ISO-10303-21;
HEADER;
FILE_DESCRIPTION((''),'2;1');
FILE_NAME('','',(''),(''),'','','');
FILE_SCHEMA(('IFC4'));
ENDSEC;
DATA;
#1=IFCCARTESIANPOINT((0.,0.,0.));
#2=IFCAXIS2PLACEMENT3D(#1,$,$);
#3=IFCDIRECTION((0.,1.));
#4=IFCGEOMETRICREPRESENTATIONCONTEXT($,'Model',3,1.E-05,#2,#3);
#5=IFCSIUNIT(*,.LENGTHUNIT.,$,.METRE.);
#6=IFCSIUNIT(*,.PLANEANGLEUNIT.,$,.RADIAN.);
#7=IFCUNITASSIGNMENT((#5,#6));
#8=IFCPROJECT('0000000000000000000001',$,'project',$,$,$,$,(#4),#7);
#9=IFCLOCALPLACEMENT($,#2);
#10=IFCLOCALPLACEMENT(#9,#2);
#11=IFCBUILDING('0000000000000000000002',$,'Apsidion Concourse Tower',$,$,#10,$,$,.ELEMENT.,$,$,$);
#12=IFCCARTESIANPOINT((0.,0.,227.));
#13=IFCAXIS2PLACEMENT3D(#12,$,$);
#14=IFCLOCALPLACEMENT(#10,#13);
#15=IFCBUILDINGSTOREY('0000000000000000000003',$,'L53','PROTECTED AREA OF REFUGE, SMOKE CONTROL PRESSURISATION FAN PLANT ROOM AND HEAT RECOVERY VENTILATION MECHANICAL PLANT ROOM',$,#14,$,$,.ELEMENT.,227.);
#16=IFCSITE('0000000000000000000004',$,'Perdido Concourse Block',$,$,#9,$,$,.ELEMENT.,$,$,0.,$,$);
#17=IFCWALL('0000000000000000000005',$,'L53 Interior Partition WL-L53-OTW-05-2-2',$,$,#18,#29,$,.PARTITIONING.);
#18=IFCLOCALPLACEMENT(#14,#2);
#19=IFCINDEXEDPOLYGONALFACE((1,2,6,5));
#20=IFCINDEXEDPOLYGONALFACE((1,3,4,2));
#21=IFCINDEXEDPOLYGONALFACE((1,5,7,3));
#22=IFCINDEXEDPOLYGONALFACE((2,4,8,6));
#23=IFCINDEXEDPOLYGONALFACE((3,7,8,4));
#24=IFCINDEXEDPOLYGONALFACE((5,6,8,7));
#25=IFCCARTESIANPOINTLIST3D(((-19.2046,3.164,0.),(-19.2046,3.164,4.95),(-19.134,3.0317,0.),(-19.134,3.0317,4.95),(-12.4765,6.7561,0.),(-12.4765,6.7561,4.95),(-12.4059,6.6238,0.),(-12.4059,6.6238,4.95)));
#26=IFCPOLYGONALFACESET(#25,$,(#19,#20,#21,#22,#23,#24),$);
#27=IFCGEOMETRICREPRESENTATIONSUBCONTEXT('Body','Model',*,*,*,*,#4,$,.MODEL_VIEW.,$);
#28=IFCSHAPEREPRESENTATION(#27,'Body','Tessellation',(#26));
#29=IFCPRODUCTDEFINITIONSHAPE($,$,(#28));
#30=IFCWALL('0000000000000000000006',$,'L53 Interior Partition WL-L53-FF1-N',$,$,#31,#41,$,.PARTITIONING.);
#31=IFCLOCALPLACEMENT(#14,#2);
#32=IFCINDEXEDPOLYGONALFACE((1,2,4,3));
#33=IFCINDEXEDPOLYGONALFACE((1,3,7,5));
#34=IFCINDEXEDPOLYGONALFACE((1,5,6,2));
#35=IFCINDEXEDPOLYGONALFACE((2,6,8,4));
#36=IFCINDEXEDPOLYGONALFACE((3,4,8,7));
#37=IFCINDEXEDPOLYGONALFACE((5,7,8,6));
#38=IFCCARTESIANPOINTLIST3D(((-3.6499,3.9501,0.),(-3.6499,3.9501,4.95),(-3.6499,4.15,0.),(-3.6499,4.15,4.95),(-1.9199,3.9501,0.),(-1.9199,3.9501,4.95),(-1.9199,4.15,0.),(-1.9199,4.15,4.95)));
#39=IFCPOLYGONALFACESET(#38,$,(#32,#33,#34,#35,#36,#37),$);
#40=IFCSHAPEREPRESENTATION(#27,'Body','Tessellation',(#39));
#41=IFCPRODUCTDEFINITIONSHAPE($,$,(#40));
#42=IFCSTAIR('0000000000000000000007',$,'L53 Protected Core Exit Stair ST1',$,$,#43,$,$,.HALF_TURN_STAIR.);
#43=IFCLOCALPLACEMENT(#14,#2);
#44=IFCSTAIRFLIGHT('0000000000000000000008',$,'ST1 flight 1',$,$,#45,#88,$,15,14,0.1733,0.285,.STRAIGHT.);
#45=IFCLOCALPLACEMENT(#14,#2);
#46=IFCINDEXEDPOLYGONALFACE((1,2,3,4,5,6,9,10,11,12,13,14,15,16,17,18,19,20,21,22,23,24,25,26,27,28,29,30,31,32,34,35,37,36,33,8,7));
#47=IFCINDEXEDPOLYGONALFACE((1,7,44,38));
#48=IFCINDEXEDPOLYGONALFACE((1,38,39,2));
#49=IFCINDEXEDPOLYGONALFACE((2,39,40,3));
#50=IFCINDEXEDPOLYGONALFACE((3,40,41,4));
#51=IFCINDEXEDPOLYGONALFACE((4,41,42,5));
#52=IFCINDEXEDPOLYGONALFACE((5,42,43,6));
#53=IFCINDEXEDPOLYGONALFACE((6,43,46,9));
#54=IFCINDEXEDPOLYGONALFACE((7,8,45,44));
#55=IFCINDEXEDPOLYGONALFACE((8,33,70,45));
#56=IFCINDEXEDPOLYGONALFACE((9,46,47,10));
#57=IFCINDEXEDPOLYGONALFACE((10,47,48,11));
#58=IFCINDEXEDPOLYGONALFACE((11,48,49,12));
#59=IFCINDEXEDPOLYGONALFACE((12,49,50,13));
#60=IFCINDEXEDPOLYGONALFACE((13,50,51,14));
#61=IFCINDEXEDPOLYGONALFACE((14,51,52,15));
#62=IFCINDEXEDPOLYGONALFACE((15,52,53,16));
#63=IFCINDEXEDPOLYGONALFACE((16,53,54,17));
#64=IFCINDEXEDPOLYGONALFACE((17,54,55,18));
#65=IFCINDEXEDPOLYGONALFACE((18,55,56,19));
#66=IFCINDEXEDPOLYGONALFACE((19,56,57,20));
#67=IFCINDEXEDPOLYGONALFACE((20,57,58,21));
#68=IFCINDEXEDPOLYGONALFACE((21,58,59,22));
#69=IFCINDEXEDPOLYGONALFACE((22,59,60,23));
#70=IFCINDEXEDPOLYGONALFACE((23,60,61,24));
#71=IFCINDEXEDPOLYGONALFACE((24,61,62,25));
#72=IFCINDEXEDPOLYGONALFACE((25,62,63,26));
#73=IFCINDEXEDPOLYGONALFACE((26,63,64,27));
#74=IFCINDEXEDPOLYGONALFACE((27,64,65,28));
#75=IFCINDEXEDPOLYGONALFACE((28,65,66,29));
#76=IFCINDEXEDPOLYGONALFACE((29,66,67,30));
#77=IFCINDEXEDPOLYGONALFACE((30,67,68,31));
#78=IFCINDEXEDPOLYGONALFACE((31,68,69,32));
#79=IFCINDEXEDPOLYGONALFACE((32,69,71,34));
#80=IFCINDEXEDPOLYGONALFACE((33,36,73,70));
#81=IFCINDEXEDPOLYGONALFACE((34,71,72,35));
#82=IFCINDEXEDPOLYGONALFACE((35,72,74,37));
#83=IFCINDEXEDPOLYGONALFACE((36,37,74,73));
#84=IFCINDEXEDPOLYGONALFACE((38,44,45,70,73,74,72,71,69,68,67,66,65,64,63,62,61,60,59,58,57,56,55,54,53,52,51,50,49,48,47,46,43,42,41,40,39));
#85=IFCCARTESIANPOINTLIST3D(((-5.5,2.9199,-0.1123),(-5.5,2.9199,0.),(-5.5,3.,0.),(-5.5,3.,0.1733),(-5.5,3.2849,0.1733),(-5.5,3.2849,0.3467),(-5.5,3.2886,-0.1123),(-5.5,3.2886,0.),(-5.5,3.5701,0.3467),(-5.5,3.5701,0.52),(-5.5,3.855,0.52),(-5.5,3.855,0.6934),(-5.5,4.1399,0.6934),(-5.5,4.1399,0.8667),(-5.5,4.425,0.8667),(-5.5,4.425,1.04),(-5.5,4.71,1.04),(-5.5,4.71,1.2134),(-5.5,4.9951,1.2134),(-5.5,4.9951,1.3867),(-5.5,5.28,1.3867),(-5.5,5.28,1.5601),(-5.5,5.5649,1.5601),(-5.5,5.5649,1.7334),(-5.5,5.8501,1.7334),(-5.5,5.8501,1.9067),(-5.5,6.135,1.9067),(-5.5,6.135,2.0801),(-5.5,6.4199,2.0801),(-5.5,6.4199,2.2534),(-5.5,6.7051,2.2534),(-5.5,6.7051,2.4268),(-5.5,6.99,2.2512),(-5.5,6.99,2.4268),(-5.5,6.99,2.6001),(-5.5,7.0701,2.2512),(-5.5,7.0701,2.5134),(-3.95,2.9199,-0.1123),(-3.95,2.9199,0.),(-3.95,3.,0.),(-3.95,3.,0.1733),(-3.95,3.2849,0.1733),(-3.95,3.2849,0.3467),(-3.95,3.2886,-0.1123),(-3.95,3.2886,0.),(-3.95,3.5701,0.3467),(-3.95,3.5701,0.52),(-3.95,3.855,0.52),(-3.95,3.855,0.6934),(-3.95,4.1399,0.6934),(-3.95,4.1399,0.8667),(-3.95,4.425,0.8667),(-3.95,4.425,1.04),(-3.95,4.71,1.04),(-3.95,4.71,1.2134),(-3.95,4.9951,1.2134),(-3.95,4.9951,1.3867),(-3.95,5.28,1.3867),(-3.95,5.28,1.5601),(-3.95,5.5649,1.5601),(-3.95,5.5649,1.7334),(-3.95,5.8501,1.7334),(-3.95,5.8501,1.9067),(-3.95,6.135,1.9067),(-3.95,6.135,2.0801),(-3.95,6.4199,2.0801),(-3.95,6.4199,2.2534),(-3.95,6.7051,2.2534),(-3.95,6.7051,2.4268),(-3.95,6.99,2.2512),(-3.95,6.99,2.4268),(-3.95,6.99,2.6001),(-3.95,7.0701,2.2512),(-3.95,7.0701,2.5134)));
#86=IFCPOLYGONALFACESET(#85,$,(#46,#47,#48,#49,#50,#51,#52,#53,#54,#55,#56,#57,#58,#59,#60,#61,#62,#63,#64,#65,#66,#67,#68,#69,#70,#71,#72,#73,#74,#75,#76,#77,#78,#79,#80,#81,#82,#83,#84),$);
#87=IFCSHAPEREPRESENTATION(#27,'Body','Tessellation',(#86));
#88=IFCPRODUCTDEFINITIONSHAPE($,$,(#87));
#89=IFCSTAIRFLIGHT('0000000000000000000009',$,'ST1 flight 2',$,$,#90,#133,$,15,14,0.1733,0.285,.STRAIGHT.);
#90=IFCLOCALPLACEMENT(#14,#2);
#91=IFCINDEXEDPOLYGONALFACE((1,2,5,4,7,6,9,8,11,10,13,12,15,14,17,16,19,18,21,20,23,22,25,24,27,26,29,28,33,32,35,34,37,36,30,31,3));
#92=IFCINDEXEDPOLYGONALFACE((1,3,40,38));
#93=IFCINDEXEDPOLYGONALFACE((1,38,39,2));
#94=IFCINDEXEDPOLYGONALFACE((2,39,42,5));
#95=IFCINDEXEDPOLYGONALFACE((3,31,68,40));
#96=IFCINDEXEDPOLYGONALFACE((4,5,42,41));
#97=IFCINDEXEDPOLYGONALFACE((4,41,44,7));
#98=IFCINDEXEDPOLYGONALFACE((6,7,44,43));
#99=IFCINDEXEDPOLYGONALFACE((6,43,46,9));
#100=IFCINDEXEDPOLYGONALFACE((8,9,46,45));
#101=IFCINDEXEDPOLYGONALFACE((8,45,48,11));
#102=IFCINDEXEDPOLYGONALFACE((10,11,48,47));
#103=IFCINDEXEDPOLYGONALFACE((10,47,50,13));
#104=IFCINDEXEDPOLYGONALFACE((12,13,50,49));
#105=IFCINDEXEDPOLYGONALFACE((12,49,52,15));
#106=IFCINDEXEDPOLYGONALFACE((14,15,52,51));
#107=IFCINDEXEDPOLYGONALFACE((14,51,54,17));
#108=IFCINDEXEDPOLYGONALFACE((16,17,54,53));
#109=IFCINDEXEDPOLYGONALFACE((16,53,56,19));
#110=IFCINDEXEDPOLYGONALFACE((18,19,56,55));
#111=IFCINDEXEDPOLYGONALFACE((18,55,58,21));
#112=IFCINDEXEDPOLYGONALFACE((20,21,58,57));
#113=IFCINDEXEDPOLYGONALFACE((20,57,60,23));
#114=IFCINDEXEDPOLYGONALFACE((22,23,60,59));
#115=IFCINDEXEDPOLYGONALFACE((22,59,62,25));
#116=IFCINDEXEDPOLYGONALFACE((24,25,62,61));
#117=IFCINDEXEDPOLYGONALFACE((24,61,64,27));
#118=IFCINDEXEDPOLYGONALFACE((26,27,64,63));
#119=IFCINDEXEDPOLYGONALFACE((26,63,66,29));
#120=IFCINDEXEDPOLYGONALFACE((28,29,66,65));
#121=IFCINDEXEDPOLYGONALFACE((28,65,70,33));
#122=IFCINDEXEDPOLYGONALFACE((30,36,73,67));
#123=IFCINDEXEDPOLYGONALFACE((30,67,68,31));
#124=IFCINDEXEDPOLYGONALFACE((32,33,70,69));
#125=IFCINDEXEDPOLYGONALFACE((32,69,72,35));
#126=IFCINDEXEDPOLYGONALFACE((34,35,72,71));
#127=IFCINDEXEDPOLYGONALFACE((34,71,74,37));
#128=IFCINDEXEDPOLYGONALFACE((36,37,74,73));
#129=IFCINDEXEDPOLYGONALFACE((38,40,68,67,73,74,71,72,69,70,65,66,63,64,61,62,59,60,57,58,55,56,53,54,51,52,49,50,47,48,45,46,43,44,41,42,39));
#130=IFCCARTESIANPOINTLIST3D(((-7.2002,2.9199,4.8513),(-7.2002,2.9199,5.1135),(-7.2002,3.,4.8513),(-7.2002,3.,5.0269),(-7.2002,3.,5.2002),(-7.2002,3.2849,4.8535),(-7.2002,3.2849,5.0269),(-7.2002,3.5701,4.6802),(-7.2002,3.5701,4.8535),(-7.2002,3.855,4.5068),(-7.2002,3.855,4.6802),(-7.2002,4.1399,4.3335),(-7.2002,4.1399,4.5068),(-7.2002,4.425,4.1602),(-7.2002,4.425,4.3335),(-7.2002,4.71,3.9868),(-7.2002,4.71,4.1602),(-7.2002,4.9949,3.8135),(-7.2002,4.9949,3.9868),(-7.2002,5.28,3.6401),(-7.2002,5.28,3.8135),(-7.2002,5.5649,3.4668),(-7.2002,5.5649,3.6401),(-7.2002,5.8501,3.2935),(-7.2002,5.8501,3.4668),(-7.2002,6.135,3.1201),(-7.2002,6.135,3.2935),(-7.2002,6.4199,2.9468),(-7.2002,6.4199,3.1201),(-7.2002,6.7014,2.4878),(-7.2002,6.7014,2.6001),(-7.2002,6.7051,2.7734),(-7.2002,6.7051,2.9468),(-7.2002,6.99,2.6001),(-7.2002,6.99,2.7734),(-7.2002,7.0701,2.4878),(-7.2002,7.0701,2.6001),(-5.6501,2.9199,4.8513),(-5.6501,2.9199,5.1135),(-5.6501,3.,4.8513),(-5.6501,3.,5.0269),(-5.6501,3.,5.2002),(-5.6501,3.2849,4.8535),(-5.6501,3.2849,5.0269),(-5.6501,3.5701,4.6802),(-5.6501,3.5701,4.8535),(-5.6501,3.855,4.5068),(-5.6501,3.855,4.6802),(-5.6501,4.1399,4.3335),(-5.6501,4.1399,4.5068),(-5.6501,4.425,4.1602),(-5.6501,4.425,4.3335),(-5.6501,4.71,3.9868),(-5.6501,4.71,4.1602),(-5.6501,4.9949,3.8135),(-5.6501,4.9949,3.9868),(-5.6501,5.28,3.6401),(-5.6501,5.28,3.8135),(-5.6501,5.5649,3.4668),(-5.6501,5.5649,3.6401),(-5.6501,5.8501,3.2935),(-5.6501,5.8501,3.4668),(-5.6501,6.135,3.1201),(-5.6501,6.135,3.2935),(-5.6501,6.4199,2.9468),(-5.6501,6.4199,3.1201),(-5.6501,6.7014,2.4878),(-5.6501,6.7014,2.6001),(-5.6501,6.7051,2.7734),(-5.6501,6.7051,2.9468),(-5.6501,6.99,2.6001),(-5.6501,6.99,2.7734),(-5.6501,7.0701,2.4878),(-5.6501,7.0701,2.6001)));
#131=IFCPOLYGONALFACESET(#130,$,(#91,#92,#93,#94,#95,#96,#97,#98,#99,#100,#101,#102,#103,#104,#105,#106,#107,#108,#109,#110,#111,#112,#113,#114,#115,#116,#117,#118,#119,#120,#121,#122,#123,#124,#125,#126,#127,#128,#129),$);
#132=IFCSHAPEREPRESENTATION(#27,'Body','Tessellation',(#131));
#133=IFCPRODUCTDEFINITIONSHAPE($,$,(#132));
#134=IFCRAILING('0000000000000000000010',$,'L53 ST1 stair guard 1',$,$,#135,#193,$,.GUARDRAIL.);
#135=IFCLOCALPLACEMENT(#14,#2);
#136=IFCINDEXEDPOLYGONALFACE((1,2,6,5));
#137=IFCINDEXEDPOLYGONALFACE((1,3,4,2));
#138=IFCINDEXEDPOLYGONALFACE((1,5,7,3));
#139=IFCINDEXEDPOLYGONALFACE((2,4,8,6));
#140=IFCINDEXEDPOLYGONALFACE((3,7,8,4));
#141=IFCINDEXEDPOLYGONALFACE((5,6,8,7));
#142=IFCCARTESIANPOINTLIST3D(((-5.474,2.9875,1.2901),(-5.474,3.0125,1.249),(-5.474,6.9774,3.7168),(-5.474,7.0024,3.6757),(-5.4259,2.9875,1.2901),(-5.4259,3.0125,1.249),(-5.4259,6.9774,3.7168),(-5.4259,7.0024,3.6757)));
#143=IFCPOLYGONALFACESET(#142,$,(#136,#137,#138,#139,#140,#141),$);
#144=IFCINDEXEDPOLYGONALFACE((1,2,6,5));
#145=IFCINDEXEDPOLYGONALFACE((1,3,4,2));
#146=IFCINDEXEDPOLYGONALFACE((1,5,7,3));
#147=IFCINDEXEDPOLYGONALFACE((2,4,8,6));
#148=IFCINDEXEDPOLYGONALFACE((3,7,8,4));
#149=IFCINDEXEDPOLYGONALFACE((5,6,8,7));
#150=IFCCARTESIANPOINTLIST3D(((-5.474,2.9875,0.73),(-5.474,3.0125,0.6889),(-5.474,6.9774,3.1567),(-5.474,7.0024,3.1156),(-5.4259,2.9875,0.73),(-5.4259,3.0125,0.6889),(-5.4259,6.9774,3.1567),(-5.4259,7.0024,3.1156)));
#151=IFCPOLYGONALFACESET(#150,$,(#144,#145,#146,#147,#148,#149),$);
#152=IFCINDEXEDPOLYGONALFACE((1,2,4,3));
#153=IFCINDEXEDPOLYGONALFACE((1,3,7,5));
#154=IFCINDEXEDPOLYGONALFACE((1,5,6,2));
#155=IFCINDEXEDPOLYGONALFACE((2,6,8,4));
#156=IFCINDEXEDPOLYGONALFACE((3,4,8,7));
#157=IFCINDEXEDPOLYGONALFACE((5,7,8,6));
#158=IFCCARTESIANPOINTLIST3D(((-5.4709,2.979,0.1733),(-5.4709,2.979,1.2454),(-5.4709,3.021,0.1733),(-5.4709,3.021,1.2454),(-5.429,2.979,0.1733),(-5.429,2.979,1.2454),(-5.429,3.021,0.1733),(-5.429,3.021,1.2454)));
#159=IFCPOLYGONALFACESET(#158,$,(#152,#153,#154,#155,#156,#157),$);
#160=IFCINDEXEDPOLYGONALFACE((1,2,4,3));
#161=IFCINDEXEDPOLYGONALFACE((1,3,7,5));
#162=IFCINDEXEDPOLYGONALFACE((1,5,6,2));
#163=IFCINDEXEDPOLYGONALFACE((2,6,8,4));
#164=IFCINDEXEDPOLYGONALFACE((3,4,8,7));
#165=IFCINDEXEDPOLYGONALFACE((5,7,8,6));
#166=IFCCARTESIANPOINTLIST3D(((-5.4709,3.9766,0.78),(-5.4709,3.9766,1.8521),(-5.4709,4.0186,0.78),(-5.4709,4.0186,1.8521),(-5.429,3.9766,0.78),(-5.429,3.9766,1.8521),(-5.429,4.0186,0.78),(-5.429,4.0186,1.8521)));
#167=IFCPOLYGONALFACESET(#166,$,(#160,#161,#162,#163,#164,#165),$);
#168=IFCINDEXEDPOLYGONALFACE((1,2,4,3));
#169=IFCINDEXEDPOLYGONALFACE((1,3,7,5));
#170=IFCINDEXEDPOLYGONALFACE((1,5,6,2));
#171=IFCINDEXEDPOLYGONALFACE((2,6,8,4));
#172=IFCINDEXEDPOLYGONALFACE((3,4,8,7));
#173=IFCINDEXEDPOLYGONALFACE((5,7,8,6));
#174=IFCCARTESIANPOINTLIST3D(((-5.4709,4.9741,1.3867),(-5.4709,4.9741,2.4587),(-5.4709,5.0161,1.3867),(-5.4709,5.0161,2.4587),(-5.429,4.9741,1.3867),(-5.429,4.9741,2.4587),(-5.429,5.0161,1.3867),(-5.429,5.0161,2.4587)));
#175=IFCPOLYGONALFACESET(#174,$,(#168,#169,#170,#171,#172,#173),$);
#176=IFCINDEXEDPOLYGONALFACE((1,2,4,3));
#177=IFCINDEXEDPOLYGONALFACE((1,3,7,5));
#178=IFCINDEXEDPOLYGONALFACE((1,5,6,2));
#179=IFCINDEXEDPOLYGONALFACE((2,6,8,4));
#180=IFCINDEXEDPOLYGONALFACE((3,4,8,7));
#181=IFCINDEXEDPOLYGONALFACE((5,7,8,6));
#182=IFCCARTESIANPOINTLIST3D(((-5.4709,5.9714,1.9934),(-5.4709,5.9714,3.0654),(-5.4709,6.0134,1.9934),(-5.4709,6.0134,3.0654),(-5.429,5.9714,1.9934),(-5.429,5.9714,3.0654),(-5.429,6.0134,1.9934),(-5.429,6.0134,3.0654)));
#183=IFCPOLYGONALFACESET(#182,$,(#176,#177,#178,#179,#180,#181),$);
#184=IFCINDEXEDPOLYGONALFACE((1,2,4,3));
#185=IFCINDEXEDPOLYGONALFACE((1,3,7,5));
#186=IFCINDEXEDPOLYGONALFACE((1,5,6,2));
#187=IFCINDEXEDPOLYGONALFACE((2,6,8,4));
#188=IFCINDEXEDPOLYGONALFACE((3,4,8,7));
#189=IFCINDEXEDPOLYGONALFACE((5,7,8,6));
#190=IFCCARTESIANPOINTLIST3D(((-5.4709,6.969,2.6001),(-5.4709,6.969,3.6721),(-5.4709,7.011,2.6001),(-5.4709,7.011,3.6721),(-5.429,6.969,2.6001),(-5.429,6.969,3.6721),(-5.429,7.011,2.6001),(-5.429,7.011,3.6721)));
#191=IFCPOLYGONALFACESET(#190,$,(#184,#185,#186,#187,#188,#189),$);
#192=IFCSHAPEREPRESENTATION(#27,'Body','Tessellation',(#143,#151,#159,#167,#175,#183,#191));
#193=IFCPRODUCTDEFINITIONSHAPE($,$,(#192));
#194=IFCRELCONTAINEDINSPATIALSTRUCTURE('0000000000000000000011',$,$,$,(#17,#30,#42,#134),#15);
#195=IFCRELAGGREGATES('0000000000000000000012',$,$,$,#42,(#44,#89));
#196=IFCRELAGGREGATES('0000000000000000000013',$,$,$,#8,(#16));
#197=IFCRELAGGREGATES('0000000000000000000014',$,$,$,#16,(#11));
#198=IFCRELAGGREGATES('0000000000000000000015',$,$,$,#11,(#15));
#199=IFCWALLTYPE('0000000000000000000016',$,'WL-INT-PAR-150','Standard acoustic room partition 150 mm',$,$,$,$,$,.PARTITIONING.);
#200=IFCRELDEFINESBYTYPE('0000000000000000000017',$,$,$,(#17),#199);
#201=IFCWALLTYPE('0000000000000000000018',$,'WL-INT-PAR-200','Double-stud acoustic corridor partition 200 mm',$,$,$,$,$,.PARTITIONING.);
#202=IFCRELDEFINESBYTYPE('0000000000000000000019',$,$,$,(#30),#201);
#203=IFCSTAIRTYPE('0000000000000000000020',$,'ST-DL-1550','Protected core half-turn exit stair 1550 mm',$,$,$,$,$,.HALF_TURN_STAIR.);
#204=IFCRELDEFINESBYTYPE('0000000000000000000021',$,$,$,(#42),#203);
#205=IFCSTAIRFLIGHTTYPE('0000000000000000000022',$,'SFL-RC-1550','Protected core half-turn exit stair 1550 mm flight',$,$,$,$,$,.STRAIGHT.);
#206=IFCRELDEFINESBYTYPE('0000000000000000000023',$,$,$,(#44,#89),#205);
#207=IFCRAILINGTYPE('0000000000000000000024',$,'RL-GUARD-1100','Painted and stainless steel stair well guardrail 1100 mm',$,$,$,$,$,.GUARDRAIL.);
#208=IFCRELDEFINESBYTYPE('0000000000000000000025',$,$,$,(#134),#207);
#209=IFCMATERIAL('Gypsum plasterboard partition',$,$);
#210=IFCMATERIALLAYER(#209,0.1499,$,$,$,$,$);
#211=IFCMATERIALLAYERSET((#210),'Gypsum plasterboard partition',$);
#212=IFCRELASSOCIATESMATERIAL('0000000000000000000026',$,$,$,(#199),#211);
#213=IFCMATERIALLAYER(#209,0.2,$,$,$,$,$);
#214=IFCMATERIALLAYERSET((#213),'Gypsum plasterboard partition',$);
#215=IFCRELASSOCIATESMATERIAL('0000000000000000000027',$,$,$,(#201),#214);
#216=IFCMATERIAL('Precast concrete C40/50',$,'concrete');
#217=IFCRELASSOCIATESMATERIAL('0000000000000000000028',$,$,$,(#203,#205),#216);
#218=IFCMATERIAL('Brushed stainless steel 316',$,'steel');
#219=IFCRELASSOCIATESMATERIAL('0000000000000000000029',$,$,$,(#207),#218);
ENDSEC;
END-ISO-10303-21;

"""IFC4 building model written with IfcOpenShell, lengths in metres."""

from ifc_helpers import new_model, si_unit, direction, frame, frame_2d, origin, origin_2d, place, context, subcontext, project, spatial, polyline, rectangle, outline, extrude, material, layer, layer_set, type_object, element, aggregate, save


model = new_model("IFC4")

# Units and contexts
model_context = context("Model", 3, precision=1e-05, world=origin(), true_north=direction((0.0, 1.0)))
body_context = subcontext(model_context, "Body", "Model", "MODEL_VIEW")
ifc_project = project(units=[si_unit("LENGTHUNIT", "METRE"), si_unit("PLANEANGLEUNIT", "RADIAN")], contexts=[model_context])

# Site, building, storey
site_placement = place(None, origin())
site = spatial("IfcSite", under=ifc_project, at=site_placement, Name="Perdido Concourse Block", CompositionType="ELEMENT", RefElevation=0.0)
building_placement = place(site_placement, origin())
building = spatial("IfcBuilding", under=site, at=building_placement, Name="Apsidion Concourse Tower", CompositionType="ELEMENT")
storey_placement = place(building_placement, frame((0.0, 0.0, 227.0)))
storey = spatial("IfcBuildingStorey", under=building, at=storey_placement, Name="L53", Description="PROTECTED AREA OF REFUGE, SMOKE CONTROL PRESSURISATION FAN PLANT ROOM AND HEAT RECOVERY VENTILATION MECHANICAL PLANT ROOM", CompositionType="ELEMENT", Elevation=227.0)

# Shared definitions
ifc_material_1 = material(Name="Gypsum plasterboard partition")
ifc_layer_1 = layer(ifc_material_1, 0.1499)
ifc_layer_set_1 = layer_set([ifc_layer_1], Name="Gypsum plasterboard partition")
wall_type_1 = type_object("IfcWallType", Name="WL-INT-PAR-150", Description="Standard acoustic room partition 150 mm", PredefinedType="PARTITIONING", material=ifc_layer_set_1)
ifc_material_2 = material(Name="Brushed stainless steel 316", Category="steel")

# Walls
wall_1_placement = place(storey_placement, frame((-12.4412, 6.6899, 0.0), z_axis=(0.0, 0.0, 1.0), x_axis=(-0.882148, -0.470972, 0.0)))
element("IfcWall", 1, at=wall_1_placement, inside=storey, type_object=wall_type_1, Name="L53 Interior Partition WL-L53-OTW-05-2-2", PredefinedType="PARTITIONING", context=body_context, shape_type="SweptSolid", body=[
    extrude(rectangle(XDim=7.627, YDim=0.1499, at=frame_2d((3.8135, 0.0))), origin(), (0.0, 0.0, 1.0), 4.95),
])
ifc_layer_2 = layer(ifc_material_1, 0.2)
ifc_layer_set_2 = layer_set([ifc_layer_2], Name="Gypsum plasterboard partition")
wall_type_2 = type_object("IfcWallType", Name="WL-INT-PAR-200", Description="Double-stud acoustic corridor partition 200 mm", PredefinedType="PARTITIONING", material=ifc_layer_set_2)
wall_2_placement = place(storey_placement, frame((-3.6499, 4.05, 0.0), z_axis=(0.0, 0.0, 1.0), x_axis=(1.0, 0.0, 0.0)))
element("IfcWall", 2, at=wall_2_placement, inside=storey, type_object=wall_type_2, Name="L53 Interior Partition WL-L53-FF1-N", PredefinedType="PARTITIONING", context=body_context, shape_type="SweptSolid", body=[
    extrude(rectangle(XDim=1.73, YDim=0.2, at=frame_2d((0.865, 0.0))), origin(), (0.0, 0.0, 1.0), 4.95),
])

# Stair, stair flights
ifc_material_3 = material(Name="Precast concrete C40/50", Category="concrete")
stair_type = type_object("IfcStairType", Name="ST-DL-1550", Description="Protected core half-turn exit stair 1550 mm", PredefinedType="HALF_TURN_STAIR", material=ifc_material_3)
stair_placement = place(storey_placement, origin())
stair = element("IfcStair", 3, at=stair_placement, inside=storey, type_object=stair_type, Name="L53 Protected Core Exit Stair ST1", PredefinedType="HALF_TURN_STAIR")
stair_flight_type = type_object("IfcStairFlightType", Name="SFL-RC-1550", Description="Protected core half-turn exit stair 1550 mm flight", PredefinedType="STRAIGHT", material=ifc_material_3)
stair_flight_1_placement = place(storey_placement, frame((-4.7251, 3.0, 0.0), z_axis=(0.0, 0.0, 1.0), x_axis=(0.0, 1.0, 0.0)))
stair_flight_1 = element("IfcStairFlight", 4, at=stair_flight_1_placement, type_object=stair_flight_type, Name="ST1 flight 1", NumberOfRisers=15, NumberOfTreads=14, PredefinedType="STRAIGHT", RiserHeight=0.1733, TreadLength=0.285, context=body_context, shape_type="SweptSolid", body=[
    extrude(outline(polyline([(-0.0801, -0.1123), (-0.0801, 0.0), (0.0, 0.0), (0.0, 0.1733), (0.2849, 0.1733), (0.2849, 0.3467), (0.5701, 0.3467), (0.5701, 0.52), (0.855, 0.52), (0.855, 0.6934), (1.1399, 0.6934), (1.1399, 0.8667), (1.425, 0.8667), (1.425, 1.04), (1.71, 1.04), (1.71, 1.2134), (1.9951, 1.2134), (1.9951, 1.3867), (2.28, 1.3867), (2.28, 1.5601), (2.5649, 1.5601), (2.5649, 1.7334), (2.8501, 1.7334), (2.8501, 1.9067), (3.135, 1.9067), (3.135, 2.0801), (3.4199, 2.0801), (3.4199, 2.2534), (3.7051, 2.2534), (3.7051, 2.4268), (3.99, 2.4268), (3.99, 2.6001), (4.0701, 2.5134), (4.0701, 2.2512), (3.99, 2.2512), (0.2886, 0.0), (0.2886, -0.1123), (-0.0801, -0.1123)])), frame((0.0, 0.7749, 0.0), z_axis=(0.0, -1.0, 0.0), x_axis=(1.0, 0.0, 0.0)), (0.0, 0.0, 1.0), 1.55),
])
stair_flight_2_placement = place(storey_placement, frame((-6.425, 6.99, 2.6001), z_axis=(0.0, 0.0, 1.0), x_axis=(0.0, -1.0, 0.0)))
stair_flight_2 = element("IfcStairFlight", 5, at=stair_flight_2_placement, type_object=stair_flight_type, Name="ST1 flight 2", NumberOfRisers=15, NumberOfTreads=14, PredefinedType="STRAIGHT", RiserHeight=0.1733, TreadLength=0.285, context=body_context, shape_type="SweptSolid", body=[
    extrude(outline(polyline([(-0.0801, -0.1123), (-0.0801, 0.0), (0.0, 0.0), (0.0, 0.1733), (0.2849, 0.1733), (0.2849, 0.3467), (0.5701, 0.3467), (0.5701, 0.52), (0.855, 0.52), (0.855, 0.6934), (1.1399, 0.6934), (1.1399, 0.8667), (1.425, 0.8667), (1.425, 1.04), (1.71, 1.04), (1.71, 1.2134), (1.9951, 1.2134), (1.9951, 1.3867), (2.28, 1.3867), (2.28, 1.5601), (2.5649, 1.5601), (2.5649, 1.7334), (2.8501, 1.7334), (2.8501, 1.9067), (3.135, 1.9067), (3.135, 2.0801), (3.4199, 2.0801), (3.4199, 2.2534), (3.7051, 2.2534), (3.7051, 2.4268), (3.99, 2.4268), (3.99, 2.6001), (4.0701, 2.5134), (4.0701, 2.2512), (3.99, 2.2512), (0.2886, 0.0), (0.2886, -0.1123), (-0.0801, -0.1123)])), frame((0.0, 0.7749, 0.0), z_axis=(0.0, -1.0, 0.0), x_axis=(1.0, 0.0, 0.0)), (0.0, 0.0, 1.0), 1.55),
])
aggregate(stair, [stair_flight_1, stair_flight_2])

# Railing
railing_type_1 = type_object("IfcRailingType", Name="RL-GUARD-1100", Description="Painted and stainless steel stair well guardrail 1100 mm", PredefinedType="GUARDRAIL", material=ifc_material_2)
railing_1_placement = place(storey_placement, frame((-5.45, 3.0, 0.1733)))
element("IfcRailing", 6, at=railing_1_placement, inside=storey, type_object=railing_type_1, Name="L53 ST1 stair guard 1", PredefinedType="GUARDRAIL", context=body_context, shape_type="SweptSolid", body=[
    extrude(rectangle(XDim=0.0481, YDim=0.0481, at=origin_2d()), frame((0.0, 0.0, 1.0962), z_axis=(0.0, 0.854382, 0.519645), x_axis=(-1.0, 0.0, 0.0)), (0.0, 0.0, 1.0), 4.6699),
    extrude(rectangle(XDim=0.0481, YDim=0.0481, at=origin_2d()), frame((0.0, 0.0, 0.5361), z_axis=(0.0, 0.854382, 0.519645), x_axis=(-1.0, 0.0, 0.0)), (0.0, 0.0, 1.0), 4.6699),
    extrude(rectangle(XDim=0.042, YDim=0.042, at=origin_2d()), origin(), (0.0, 0.0, 1.0), 1.072),
    extrude(rectangle(XDim=0.042, YDim=0.042, at=origin_2d()), frame((0.0, 0.9976, 0.6067)), (0.0, 0.0, 1.0), 1.072),
    extrude(rectangle(XDim=0.042, YDim=0.042, at=origin_2d()), frame((0.0, 1.9951, 1.2134)), (0.0, 0.0, 1.0), 1.072),
    extrude(rectangle(XDim=0.042, YDim=0.042, at=origin_2d()), frame((0.0, 2.9924, 1.8201)), (0.0, 0.0, 1.0), 1.072),
    extrude(rectangle(XDim=0.042, YDim=0.042, at=origin_2d()), frame((0.0, 3.99, 2.4268)), (0.0, 0.0, 1.0), 1.072),
])

save(model, "model.ifc")
